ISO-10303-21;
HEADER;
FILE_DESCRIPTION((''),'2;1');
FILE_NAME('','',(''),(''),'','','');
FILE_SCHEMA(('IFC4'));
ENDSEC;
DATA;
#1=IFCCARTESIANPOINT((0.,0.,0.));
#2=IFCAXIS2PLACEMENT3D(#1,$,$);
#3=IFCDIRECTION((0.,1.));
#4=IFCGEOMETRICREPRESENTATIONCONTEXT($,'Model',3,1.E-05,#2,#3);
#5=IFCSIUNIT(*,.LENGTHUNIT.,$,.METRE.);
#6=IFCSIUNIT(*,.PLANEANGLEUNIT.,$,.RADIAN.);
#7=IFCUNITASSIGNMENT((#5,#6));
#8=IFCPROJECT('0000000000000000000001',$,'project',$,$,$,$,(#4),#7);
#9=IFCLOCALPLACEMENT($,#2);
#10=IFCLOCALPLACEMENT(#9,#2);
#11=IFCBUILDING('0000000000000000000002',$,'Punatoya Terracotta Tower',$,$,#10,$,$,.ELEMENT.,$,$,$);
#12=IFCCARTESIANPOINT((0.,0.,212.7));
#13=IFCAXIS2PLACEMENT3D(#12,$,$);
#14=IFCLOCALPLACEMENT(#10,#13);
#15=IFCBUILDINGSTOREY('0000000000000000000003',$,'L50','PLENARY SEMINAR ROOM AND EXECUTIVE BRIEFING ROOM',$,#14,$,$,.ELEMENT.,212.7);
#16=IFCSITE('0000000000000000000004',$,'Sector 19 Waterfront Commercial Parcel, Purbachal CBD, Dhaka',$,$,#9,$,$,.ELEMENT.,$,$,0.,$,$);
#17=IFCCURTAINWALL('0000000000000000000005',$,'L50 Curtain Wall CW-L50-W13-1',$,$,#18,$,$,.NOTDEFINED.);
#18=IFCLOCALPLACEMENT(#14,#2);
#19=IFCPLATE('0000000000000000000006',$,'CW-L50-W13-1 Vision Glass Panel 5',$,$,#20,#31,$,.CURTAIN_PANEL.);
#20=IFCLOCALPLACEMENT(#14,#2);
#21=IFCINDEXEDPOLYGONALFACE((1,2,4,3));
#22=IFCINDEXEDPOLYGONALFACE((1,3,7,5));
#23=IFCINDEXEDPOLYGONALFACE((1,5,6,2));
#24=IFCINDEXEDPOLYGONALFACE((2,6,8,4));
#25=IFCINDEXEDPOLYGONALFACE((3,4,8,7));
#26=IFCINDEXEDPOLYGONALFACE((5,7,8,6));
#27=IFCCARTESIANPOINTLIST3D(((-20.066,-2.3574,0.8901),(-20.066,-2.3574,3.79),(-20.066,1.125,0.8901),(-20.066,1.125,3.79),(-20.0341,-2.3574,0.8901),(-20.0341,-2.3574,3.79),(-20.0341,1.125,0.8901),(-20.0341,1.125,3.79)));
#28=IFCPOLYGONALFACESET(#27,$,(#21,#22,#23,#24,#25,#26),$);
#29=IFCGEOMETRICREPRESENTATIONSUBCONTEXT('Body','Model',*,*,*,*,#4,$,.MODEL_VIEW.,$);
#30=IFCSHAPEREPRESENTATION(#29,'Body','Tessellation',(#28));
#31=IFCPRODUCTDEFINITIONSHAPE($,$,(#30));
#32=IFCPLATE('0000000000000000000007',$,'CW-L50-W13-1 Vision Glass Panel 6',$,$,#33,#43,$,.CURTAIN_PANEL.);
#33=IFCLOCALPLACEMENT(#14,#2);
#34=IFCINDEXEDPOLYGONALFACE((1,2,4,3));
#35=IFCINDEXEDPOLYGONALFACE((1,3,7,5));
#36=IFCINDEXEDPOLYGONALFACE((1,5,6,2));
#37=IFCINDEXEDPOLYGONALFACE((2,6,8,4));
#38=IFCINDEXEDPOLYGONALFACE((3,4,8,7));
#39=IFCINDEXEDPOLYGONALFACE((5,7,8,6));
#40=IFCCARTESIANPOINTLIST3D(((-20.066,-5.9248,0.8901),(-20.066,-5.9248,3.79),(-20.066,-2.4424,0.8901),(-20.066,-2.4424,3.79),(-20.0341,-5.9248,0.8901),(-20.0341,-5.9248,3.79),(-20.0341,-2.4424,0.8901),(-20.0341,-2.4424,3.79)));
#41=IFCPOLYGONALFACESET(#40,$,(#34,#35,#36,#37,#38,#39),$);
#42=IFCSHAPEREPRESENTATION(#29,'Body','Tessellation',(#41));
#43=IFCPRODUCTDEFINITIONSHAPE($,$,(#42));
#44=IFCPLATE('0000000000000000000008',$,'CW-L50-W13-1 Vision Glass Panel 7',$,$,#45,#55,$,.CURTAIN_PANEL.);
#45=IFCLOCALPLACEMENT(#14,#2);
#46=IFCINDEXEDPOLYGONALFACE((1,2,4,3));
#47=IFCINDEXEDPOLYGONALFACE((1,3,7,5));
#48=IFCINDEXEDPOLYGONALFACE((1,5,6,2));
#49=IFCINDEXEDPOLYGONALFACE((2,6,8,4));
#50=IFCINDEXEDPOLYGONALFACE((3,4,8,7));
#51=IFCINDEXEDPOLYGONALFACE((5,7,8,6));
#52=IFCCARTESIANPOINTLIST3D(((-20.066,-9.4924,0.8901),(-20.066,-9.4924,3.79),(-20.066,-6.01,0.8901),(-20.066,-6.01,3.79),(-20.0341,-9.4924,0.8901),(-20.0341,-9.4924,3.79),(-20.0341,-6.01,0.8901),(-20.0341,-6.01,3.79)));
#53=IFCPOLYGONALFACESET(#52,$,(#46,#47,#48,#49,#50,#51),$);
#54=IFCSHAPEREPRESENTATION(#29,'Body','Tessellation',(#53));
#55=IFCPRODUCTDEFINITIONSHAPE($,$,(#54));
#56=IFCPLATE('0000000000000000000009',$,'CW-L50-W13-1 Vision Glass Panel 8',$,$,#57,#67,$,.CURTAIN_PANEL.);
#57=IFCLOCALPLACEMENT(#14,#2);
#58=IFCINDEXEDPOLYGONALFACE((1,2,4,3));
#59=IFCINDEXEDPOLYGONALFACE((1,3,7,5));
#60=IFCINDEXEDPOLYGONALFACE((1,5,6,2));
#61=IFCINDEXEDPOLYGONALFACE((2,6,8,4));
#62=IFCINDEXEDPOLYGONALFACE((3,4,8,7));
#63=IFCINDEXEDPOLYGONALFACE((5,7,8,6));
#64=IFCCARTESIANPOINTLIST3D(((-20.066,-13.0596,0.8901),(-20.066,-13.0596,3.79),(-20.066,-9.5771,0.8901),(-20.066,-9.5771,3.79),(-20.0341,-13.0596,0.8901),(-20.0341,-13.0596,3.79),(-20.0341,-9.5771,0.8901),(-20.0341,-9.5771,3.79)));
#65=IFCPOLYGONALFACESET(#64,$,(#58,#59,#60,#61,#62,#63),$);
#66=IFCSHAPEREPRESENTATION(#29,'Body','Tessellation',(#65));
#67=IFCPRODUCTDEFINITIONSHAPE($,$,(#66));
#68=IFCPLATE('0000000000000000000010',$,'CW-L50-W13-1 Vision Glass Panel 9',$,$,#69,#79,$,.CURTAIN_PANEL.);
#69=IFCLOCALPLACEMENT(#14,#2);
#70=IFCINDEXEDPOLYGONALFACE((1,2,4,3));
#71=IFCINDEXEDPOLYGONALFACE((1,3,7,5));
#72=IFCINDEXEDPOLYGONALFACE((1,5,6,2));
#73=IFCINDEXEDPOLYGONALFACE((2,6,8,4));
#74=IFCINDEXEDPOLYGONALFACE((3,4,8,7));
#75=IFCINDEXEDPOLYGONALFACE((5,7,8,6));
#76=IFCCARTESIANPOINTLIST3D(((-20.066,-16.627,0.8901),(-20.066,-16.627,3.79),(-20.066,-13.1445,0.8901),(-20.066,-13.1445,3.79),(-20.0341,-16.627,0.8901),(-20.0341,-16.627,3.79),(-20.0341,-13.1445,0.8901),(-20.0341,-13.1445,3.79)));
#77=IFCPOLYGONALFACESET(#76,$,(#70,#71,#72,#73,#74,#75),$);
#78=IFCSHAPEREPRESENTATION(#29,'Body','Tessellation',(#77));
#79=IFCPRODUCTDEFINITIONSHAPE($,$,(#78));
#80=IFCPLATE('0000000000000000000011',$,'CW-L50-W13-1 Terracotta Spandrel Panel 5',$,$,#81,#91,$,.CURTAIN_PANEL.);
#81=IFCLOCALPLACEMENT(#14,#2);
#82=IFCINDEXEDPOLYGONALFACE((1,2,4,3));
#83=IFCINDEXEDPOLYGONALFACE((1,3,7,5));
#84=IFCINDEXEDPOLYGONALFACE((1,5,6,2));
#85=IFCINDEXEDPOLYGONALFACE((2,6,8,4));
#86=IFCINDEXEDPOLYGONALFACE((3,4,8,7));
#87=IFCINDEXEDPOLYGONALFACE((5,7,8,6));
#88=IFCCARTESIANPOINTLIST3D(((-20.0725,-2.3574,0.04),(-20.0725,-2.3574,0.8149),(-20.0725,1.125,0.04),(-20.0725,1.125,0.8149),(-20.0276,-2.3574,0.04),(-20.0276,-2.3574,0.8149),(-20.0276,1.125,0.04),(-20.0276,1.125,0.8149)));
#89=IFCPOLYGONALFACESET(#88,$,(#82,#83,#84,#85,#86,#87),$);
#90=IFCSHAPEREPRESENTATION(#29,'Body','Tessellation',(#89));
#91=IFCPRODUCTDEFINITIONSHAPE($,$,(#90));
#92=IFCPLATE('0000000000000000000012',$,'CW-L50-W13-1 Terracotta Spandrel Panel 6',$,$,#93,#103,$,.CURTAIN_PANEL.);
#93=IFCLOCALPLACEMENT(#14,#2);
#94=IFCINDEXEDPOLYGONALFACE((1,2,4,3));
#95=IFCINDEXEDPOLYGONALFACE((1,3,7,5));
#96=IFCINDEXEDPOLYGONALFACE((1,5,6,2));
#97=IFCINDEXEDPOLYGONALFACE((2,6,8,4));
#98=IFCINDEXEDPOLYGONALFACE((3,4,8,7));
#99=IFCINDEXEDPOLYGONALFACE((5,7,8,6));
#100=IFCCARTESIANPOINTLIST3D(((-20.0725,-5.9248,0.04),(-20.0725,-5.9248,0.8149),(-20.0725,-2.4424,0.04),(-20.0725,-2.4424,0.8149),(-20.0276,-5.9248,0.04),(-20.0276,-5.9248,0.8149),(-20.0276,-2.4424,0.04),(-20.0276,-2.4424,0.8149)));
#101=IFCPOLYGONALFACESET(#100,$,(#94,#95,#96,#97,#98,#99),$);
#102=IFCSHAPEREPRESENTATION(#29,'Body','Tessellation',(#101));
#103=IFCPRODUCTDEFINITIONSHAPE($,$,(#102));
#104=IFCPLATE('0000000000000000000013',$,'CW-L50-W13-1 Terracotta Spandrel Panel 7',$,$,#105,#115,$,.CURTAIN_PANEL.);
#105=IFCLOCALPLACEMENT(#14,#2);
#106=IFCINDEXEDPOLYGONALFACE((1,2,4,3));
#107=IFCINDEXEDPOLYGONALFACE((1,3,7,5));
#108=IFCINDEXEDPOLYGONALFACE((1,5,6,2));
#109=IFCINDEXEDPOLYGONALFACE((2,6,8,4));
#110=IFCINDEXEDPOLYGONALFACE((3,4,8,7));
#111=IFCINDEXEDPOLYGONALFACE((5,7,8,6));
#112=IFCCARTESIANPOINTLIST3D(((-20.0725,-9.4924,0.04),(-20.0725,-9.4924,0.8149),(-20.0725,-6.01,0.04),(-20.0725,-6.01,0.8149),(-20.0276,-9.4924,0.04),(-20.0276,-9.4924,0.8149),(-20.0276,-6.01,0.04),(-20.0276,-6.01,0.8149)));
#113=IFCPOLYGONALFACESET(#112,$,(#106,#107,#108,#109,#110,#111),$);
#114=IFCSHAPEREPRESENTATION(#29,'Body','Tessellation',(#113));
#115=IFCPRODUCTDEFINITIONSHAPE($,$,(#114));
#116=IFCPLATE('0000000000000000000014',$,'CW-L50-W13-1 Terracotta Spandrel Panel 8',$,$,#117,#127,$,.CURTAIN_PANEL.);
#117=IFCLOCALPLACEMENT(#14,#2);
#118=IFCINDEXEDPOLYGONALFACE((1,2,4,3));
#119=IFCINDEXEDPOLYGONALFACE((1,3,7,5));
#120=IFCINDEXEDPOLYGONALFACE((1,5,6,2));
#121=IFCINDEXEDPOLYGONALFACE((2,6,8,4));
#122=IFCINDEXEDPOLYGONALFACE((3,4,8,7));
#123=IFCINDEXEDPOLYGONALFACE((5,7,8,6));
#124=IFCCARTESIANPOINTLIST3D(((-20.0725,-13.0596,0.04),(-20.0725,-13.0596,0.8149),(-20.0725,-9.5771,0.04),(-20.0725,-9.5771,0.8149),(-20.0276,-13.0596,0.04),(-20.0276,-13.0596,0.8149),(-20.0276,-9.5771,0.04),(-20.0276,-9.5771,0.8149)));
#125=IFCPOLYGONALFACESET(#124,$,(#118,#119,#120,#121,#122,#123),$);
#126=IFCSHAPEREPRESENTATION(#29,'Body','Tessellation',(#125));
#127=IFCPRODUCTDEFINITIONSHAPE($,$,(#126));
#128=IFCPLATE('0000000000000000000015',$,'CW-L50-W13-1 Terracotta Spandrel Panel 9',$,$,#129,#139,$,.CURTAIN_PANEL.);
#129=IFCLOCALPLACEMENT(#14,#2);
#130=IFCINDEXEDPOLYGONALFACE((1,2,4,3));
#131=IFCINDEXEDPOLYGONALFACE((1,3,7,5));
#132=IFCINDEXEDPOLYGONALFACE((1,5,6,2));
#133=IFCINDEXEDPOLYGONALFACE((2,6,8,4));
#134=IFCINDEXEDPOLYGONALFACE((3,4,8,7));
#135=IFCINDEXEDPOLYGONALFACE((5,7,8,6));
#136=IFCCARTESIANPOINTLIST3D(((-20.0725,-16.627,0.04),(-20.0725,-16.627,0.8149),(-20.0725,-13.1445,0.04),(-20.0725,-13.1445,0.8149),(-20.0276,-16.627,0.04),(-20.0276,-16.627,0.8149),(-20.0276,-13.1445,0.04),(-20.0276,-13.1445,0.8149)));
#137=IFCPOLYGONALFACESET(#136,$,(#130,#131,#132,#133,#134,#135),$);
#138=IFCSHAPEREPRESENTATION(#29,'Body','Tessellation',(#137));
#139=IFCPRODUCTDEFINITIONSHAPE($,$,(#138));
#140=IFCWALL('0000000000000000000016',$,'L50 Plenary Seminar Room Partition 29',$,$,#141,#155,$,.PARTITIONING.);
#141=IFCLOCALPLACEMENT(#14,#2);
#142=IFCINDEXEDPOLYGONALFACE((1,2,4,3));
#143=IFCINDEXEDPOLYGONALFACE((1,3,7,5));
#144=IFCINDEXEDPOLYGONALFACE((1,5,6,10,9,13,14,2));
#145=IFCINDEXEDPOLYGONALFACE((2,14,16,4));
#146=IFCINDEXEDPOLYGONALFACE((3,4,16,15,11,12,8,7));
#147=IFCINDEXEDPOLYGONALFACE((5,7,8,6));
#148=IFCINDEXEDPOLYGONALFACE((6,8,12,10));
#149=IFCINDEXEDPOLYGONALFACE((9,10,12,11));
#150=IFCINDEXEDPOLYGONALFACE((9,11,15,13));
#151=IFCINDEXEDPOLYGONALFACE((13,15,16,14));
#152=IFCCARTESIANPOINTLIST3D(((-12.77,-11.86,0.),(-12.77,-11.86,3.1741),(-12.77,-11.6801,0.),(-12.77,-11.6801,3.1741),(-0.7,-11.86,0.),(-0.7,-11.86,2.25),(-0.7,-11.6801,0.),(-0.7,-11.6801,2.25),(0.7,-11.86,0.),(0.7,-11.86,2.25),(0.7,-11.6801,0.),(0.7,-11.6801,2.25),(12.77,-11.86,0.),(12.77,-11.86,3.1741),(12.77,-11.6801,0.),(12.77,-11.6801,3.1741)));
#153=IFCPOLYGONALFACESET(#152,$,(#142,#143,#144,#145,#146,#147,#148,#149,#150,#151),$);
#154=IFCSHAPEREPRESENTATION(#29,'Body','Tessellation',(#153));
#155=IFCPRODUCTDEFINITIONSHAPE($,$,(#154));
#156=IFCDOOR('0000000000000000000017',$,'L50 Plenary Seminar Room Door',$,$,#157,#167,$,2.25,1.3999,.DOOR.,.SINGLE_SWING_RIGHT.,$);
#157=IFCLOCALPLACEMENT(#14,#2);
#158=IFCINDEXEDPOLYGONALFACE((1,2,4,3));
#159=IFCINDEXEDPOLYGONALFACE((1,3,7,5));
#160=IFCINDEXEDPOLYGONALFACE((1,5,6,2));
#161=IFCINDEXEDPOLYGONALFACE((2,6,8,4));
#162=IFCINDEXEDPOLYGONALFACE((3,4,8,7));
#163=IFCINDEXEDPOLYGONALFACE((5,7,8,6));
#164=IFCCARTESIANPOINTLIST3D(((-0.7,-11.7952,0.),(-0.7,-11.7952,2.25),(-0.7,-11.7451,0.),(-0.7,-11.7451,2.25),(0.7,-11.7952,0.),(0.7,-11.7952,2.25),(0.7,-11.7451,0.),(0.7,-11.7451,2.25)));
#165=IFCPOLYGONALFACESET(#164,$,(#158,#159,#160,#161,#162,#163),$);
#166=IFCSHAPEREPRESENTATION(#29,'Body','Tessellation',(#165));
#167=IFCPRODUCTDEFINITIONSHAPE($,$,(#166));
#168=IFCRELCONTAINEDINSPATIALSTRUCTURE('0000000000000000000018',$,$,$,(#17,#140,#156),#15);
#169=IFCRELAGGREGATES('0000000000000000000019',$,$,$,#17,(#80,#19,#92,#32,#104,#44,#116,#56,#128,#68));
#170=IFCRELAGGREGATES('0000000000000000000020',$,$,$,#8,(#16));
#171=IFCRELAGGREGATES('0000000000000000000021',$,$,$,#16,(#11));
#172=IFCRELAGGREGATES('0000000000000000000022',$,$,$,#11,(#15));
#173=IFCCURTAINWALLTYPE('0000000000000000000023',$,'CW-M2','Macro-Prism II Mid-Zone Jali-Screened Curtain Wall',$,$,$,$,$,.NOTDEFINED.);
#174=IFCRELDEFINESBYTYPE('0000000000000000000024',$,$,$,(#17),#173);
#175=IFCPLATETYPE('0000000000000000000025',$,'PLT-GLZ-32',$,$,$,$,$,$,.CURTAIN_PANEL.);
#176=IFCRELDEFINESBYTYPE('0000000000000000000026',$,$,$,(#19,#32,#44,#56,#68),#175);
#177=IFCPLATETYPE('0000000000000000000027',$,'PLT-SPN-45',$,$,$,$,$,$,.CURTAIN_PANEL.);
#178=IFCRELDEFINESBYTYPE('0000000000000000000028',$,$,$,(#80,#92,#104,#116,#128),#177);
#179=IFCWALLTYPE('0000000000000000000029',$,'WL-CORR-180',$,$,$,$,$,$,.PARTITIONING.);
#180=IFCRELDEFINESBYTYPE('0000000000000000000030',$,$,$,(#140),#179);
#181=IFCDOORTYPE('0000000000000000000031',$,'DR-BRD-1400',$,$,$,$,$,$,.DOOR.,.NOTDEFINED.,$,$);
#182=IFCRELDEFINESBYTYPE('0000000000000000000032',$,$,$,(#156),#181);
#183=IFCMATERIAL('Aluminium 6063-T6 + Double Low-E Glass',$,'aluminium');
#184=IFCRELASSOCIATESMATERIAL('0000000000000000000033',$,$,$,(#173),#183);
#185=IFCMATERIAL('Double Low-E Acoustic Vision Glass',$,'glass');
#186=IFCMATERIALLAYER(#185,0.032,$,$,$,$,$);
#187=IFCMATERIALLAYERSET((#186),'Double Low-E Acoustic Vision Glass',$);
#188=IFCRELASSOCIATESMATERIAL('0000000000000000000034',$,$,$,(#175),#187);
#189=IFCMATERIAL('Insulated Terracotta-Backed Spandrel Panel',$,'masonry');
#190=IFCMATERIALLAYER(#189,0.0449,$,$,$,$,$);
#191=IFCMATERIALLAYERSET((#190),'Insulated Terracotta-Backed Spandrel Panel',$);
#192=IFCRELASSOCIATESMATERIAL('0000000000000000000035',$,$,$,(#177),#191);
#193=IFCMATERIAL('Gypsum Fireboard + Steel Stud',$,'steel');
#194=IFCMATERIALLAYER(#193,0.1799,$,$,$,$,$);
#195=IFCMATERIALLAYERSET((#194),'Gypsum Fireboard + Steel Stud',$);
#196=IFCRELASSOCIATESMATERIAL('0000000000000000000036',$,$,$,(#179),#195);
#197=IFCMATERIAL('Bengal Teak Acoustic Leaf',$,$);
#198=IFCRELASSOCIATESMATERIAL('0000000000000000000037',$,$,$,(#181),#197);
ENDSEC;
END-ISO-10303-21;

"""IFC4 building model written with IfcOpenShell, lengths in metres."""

from ifc_helpers import new_model, si_unit, direction, frame, frame_2d, origin, origin_2d, place, context, subcontext, project, spatial, rectangle, extrude, material, layer, layer_set, type_object, element, fill, aggregate, save


model = new_model("IFC4")

# Units and contexts
model_context = context("Model", 3, precision=1e-05, world=origin(), true_north=direction((0.0, 1.0)))
body_context = subcontext(model_context, "Body", "Model", "MODEL_VIEW")
ifc_project = project(units=[si_unit("LENGTHUNIT", "METRE"), si_unit("PLANEANGLEUNIT", "RADIAN")], contexts=[model_context])

# Site, building, storey
site_placement = place(None, origin())
site = spatial("IfcSite", under=ifc_project, at=site_placement, Name="Sector 19 Waterfront Commercial Parcel, Purbachal CBD, Dhaka", CompositionType="ELEMENT", RefElevation=0.0)
building_placement = place(site_placement, origin())
building = spatial("IfcBuilding", under=site, at=building_placement, Name="Punatoya Terracotta Tower", CompositionType="ELEMENT")
storey_placement = place(building_placement, frame((0.0, 0.0, 212.7)))
storey = spatial("IfcBuildingStorey", under=building, at=storey_placement, Name="L50", Description="PLENARY SEMINAR ROOM AND EXECUTIVE BRIEFING ROOM", CompositionType="ELEMENT", Elevation=212.7)

# Curtain wall, plates
ifc_material_1 = material(Name="Aluminium 6063-T6 + Double Low-E Glass", Category="aluminium")
curtain_wall_type = type_object("IfcCurtainWallType", Name="CW-M2", Description="Macro-Prism II Mid-Zone Jali-Screened Curtain Wall", PredefinedType="NOTDEFINED", material=ifc_material_1)
curtain_wall_placement = place(storey_placement, origin())
curtain_wall = element("IfcCurtainWall", 1, at=curtain_wall_placement, inside=storey, type_object=curtain_wall_type, Name="L50 Curtain Wall CW-L50-W13-1", PredefinedType="NOTDEFINED")
ifc_material_2 = material(Name="Double Low-E Acoustic Vision Glass", Category="glass")
ifc_layer_1 = layer(ifc_material_2, 0.032)
ifc_layer_set_1 = layer_set([ifc_layer_1], Name="Double Low-E Acoustic Vision Glass")
plate_type_1 = type_object("IfcPlateType", Name="PLT-GLZ-32", PredefinedType="CURTAIN_PANEL", material=ifc_layer_set_1)
plate_1_placement = place(storey_placement, frame((-20.05, -0.6162, 0.8901), z_axis=(0.0, 0.0, 1.0), x_axis=(0.0, -1.0, 0.0)))
plate_1 = element("IfcPlate", 2, at=plate_1_placement, type_object=plate_type_1, Name="CW-L50-W13-1 Vision Glass Panel 5", PredefinedType="CURTAIN_PANEL", context=body_context, shape_type="SweptSolid", body=[
    extrude(rectangle(XDim=3.4824, YDim=0.032, at=origin_2d()), origin(), (0.0, 0.0, 1.0), 2.8999),
])
plate_2_placement = place(storey_placement, frame((-20.05, -4.1836, 0.8901), z_axis=(0.0, 0.0, 1.0), x_axis=(0.0, -1.0, 0.0)))
plate_2 = element("IfcPlate", 3, at=plate_2_placement, type_object=plate_type_1, Name="CW-L50-W13-1 Vision Glass Panel 6", PredefinedType="CURTAIN_PANEL", context=body_context, shape_type="SweptSolid", body=[
    extrude(rectangle(XDim=3.4824, YDim=0.032, at=origin_2d()), origin(), (0.0, 0.0, 1.0), 2.8999),
])
plate_3_placement = place(storey_placement, frame((-20.05, -7.7512, 0.8901), z_axis=(0.0, 0.0, 1.0), x_axis=(0.0, -1.0, 0.0)))
plate_3 = element("IfcPlate", 4, at=plate_3_placement, type_object=plate_type_1, Name="CW-L50-W13-1 Vision Glass Panel 7", PredefinedType="CURTAIN_PANEL", context=body_context, shape_type="SweptSolid", body=[
    extrude(rectangle(XDim=3.4824, YDim=0.032, at=origin_2d()), origin(), (0.0, 0.0, 1.0), 2.8999),
])
plate_4_placement = place(storey_placement, frame((-20.05, -11.3184, 0.8901), z_axis=(0.0, 0.0, 1.0), x_axis=(0.0, -1.0, 0.0)))
plate_4 = element("IfcPlate", 5, at=plate_4_placement, type_object=plate_type_1, Name="CW-L50-W13-1 Vision Glass Panel 8", PredefinedType="CURTAIN_PANEL", context=body_context, shape_type="SweptSolid", body=[
    extrude(rectangle(XDim=3.4824, YDim=0.032, at=origin_2d()), origin(), (0.0, 0.0, 1.0), 2.8999),
])
plate_5_placement = place(storey_placement, frame((-20.05, -14.8857, 0.8901), z_axis=(0.0, 0.0, 1.0), x_axis=(0.0, -1.0, 0.0)))
plate_5 = element("IfcPlate", 6, at=plate_5_placement, type_object=plate_type_1, Name="CW-L50-W13-1 Vision Glass Panel 9", PredefinedType="CURTAIN_PANEL", context=body_context, shape_type="SweptSolid", body=[
    extrude(rectangle(XDim=3.4824, YDim=0.032, at=origin_2d()), origin(), (0.0, 0.0, 1.0), 2.8999),
])
ifc_material_3 = material(Name="Insulated Terracotta-Backed Spandrel Panel", Category="masonry")
ifc_layer_2 = layer(ifc_material_3, 0.0449)
ifc_layer_set_2 = layer_set([ifc_layer_2], Name="Insulated Terracotta-Backed Spandrel Panel")
plate_type_2 = type_object("IfcPlateType", Name="PLT-SPN-45", PredefinedType="CURTAIN_PANEL", material=ifc_layer_set_2)
plate_6_placement = place(storey_placement, frame((-20.05, -0.6162, 0.04), z_axis=(0.0, 0.0, 1.0), x_axis=(0.0, -1.0, 0.0)))
plate_6 = element("IfcPlate", 7, at=plate_6_placement, type_object=plate_type_2, Name="CW-L50-W13-1 Terracotta Spandrel Panel 5", PredefinedType="CURTAIN_PANEL", context=body_context, shape_type="SweptSolid", body=[
    extrude(rectangle(XDim=3.4824, YDim=0.0449, at=origin_2d()), origin(), (0.0, 0.0, 1.0), 0.7749),
])
plate_7_placement = place(storey_placement, frame((-20.05, -4.1836, 0.04), z_axis=(0.0, 0.0, 1.0), x_axis=(0.0, -1.0, 0.0)))
plate_7 = element("IfcPlate", 8, at=plate_7_placement, type_object=plate_type_2, Name="CW-L50-W13-1 Terracotta Spandrel Panel 6", PredefinedType="CURTAIN_PANEL", context=body_context, shape_type="SweptSolid", body=[
    extrude(rectangle(XDim=3.4824, YDim=0.0449, at=origin_2d()), origin(), (0.0, 0.0, 1.0), 0.7749),
])
plate_8_placement = place(storey_placement, frame((-20.05, -7.7512, 0.04), z_axis=(0.0, 0.0, 1.0), x_axis=(0.0, -1.0, 0.0)))
plate_8 = element("IfcPlate", 9, at=plate_8_placement, type_object=plate_type_2, Name="CW-L50-W13-1 Terracotta Spandrel Panel 7", PredefinedType="CURTAIN_PANEL", context=body_context, shape_type="SweptSolid", body=[
    extrude(rectangle(XDim=3.4824, YDim=0.0449, at=origin_2d()), origin(), (0.0, 0.0, 1.0), 0.7749),
])
plate_9_placement = place(storey_placement, frame((-20.05, -11.3184, 0.04), z_axis=(0.0, 0.0, 1.0), x_axis=(0.0, -1.0, 0.0)))
plate_9 = element("IfcPlate", 10, at=plate_9_placement, type_object=plate_type_2, Name="CW-L50-W13-1 Terracotta Spandrel Panel 8", PredefinedType="CURTAIN_PANEL", context=body_context, shape_type="SweptSolid", body=[
    extrude(rectangle(XDim=3.4824, YDim=0.0449, at=origin_2d()), origin(), (0.0, 0.0, 1.0), 0.7749),
])
plate_10_placement = place(storey_placement, frame((-20.05, -14.8857, 0.04), z_axis=(0.0, 0.0, 1.0), x_axis=(0.0, -1.0, 0.0)))
plate_10 = element("IfcPlate", 11, at=plate_10_placement, type_object=plate_type_2, Name="CW-L50-W13-1 Terracotta Spandrel Panel 9", PredefinedType="CURTAIN_PANEL", context=body_context, shape_type="SweptSolid", body=[
    extrude(rectangle(XDim=3.4824, YDim=0.0449, at=origin_2d()), origin(), (0.0, 0.0, 1.0), 0.7749),
])
aggregate(curtain_wall, [plate_6, plate_1, plate_7, plate_2, plate_8, plate_3, plate_9, plate_4, plate_10, plate_5])

# Wall, opening, door
ifc_material_4 = material(Name="Gypsum Fireboard + Steel Stud", Category="steel")
ifc_layer_3 = layer(ifc_material_4, 0.1799)
ifc_layer_set_3 = layer_set([ifc_layer_3], Name="Gypsum Fireboard + Steel Stud")
wall_type_1 = type_object("IfcWallType", Name="WL-CORR-180", PredefinedType="PARTITIONING", material=ifc_layer_set_3)
wall_1_placement = place(storey_placement, frame((-12.77, -11.77, 0.0), z_axis=(0.0, 0.0, 1.0), x_axis=(1.0, 0.0, 0.0)))
wall_1 = element("IfcWall", 12, at=wall_1_placement, inside=storey, type_object=wall_type_1, Name="L50 Plenary Seminar Room Partition 29", PredefinedType="PARTITIONING", context=body_context, shape_type="SweptSolid", body=[
    extrude(rectangle(XDim=25.54, YDim=0.1799, at=frame_2d((12.77, 0.0))), origin(), (0.0, 0.0, 1.0), 3.1741),
])
opening_1_placement = place(wall_1_placement, frame((12.0701, 0.0, 0.0)))
opening_1 = element("IfcOpeningElement", 13, at=opening_1_placement, cuts=wall_1, PredefinedType="OPENING", context=body_context, shape_type="SweptSolid", body=[
    extrude(rectangle(XDim=1.3999, YDim=2.25, at=frame_2d((0.7, 1.125))), frame((0.0, 0.0999, 0.0), z_axis=(0.0, -1.0, 0.0), x_axis=(1.0, 0.0, 0.0)), (0.0, 0.0, 1.0), 0.2),
])
ifc_material_5 = material(Name="Bengal Teak Acoustic Leaf")
door_type = type_object("IfcDoorType", Name="DR-BRD-1400", OperationType="NOTDEFINED", PredefinedType="DOOR", material=ifc_material_5)
door_1_placement = place(opening_1_placement, origin())
door_1 = element("IfcDoor", 14, at=door_1_placement, inside=storey, type_object=door_type, Name="L50 Plenary Seminar Room Door", OperationType="SINGLE_SWING_RIGHT", OverallHeight=2.25, OverallWidth=1.3999, PredefinedType="DOOR", context=body_context, shape_type="SweptSolid", body=[
    extrude(rectangle(XDim=1.3999, YDim=2.25, at=frame_2d((0.7, 1.125))), frame((0.0, 0.0249, 0.0), z_axis=(0.0, -1.0, 0.0), x_axis=(1.0, 0.0, 0.0)), (0.0, 0.0, 1.0), 0.05),
])
fill(opening_1, door_1)

save(model, "model.ifc")
